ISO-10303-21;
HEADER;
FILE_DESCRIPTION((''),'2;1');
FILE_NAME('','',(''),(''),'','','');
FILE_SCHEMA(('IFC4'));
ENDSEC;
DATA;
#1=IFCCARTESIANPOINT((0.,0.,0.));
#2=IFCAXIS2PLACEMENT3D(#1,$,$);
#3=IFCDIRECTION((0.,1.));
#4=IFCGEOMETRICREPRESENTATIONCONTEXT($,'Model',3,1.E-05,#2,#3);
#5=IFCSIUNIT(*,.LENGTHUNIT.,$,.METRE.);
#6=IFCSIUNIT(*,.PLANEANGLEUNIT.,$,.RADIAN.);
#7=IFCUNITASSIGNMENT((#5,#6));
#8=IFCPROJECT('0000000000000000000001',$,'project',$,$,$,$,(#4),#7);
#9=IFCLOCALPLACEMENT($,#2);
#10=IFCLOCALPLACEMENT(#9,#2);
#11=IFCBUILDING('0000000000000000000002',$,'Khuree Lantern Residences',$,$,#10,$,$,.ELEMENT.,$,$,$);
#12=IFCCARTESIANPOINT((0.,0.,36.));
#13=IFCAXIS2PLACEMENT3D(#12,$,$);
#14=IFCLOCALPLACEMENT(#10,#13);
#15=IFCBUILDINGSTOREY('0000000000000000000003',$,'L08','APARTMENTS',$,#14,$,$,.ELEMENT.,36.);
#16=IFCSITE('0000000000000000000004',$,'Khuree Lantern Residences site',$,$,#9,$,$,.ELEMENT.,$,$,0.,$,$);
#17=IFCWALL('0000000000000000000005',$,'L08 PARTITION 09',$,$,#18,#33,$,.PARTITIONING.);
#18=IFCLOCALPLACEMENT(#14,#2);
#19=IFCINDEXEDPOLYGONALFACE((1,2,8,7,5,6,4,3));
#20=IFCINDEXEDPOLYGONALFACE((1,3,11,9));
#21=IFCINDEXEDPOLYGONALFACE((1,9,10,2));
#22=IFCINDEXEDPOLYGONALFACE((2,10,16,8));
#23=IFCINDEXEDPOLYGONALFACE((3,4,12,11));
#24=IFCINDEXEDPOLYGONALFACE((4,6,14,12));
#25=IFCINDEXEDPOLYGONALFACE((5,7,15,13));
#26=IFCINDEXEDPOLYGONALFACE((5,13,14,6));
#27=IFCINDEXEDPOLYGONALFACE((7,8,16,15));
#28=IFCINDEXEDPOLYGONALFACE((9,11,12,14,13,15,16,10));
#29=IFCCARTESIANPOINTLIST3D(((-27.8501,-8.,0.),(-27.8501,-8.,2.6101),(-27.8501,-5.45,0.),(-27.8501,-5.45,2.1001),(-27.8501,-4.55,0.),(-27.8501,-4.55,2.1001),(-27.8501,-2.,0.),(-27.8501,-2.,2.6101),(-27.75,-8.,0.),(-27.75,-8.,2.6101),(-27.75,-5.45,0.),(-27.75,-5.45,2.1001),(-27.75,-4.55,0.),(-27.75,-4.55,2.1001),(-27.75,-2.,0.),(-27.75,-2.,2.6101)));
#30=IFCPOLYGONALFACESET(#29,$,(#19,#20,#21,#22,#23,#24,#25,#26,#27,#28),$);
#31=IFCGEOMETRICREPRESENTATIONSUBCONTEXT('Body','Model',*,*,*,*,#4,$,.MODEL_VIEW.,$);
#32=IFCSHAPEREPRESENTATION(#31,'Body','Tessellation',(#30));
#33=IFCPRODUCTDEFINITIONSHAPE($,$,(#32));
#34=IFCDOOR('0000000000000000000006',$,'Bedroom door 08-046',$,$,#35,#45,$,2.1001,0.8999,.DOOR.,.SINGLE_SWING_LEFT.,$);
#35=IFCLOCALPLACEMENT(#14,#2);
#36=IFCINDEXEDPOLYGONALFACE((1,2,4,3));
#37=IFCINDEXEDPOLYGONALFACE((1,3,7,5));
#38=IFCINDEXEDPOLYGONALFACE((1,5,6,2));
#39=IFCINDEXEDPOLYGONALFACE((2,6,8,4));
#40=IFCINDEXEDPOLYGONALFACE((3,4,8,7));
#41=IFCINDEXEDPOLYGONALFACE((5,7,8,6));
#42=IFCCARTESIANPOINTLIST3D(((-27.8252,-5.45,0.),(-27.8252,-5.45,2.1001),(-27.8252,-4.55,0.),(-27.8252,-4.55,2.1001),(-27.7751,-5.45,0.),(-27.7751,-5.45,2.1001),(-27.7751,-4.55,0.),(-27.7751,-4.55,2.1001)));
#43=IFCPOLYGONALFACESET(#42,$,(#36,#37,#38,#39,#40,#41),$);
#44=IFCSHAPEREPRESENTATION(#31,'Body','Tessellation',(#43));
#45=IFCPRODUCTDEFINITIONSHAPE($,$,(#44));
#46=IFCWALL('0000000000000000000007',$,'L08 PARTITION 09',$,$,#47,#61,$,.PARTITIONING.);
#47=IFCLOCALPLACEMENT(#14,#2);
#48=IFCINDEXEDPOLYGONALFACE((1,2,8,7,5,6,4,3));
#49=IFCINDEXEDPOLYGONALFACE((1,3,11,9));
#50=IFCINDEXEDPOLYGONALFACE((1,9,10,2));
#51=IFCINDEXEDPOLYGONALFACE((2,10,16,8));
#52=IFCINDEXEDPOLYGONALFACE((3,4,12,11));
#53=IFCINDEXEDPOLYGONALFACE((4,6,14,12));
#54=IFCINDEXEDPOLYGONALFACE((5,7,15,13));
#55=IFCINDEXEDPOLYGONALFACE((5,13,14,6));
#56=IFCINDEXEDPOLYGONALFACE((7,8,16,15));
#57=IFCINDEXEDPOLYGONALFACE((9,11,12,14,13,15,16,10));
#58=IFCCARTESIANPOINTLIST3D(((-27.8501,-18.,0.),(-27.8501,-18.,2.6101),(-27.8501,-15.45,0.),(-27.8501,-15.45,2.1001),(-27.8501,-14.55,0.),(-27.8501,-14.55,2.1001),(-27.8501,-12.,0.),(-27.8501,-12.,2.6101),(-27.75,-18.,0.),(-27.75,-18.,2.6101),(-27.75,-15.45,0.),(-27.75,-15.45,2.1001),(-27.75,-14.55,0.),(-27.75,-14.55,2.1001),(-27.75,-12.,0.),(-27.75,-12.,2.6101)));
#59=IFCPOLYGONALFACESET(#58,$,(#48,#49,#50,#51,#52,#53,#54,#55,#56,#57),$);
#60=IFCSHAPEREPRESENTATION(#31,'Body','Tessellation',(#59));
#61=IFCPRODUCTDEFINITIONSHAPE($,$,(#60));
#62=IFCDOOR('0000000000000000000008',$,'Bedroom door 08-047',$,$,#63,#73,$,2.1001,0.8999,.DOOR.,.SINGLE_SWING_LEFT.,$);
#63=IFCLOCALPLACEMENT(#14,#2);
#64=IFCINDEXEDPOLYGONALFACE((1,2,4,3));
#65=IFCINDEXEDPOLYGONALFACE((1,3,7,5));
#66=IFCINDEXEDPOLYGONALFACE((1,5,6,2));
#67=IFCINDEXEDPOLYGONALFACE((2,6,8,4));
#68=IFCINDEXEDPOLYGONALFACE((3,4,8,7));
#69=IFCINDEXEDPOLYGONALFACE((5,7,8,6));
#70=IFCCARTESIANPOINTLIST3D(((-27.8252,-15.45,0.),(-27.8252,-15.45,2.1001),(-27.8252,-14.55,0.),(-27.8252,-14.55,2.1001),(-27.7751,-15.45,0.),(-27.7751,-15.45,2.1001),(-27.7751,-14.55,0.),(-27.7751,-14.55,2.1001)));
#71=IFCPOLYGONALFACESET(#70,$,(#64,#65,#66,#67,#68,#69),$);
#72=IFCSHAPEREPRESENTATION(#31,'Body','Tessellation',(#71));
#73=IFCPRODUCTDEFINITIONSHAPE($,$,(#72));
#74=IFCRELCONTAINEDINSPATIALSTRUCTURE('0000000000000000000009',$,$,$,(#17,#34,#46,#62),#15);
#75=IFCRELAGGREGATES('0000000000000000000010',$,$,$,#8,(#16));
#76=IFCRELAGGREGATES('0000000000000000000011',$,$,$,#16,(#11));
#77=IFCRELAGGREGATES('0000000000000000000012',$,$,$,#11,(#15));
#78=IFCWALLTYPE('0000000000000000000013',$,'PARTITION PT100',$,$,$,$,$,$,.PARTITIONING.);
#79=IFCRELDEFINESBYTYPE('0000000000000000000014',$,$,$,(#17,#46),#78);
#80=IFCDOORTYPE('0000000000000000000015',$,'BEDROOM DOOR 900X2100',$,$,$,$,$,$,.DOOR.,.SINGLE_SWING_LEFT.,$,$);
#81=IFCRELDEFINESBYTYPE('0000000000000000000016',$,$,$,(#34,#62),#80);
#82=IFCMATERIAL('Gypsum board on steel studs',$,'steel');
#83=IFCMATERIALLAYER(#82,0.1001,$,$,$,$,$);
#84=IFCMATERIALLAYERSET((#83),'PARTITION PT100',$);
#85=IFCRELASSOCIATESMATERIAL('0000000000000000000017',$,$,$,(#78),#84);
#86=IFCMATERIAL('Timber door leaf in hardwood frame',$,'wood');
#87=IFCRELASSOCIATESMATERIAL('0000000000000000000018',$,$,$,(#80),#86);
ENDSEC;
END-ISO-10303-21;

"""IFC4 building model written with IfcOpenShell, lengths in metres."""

from ifc_helpers import new_model, si_unit, direction, frame, frame_2d, origin, place, context, subcontext, project, spatial, rectangle, extrude, material, layer, layer_set, type_object, element, fill, save


model = new_model("IFC4")

# Units and contexts
model_context = context("Model", 3, precision=1e-05, world=origin(), true_north=direction((0.0, 1.0)))
body_context = subcontext(model_context, "Body", "Model", "MODEL_VIEW")
ifc_project = project(units=[si_unit("LENGTHUNIT", "METRE"), si_unit("PLANEANGLEUNIT", "RADIAN")], contexts=[model_context])

# Site, building, storey
site_placement = place(None, origin())
site = spatial("IfcSite", under=ifc_project, at=site_placement, Name="Khuree Lantern Residences site", CompositionType="ELEMENT", RefElevation=0.0)
building_placement = place(site_placement, origin())
building = spatial("IfcBuilding", under=site, at=building_placement, Name="Khuree Lantern Residences", CompositionType="ELEMENT")
storey_placement = place(building_placement, frame((0.0, 0.0, 36.0)))
storey = spatial("IfcBuildingStorey", under=building, at=storey_placement, Name="L08", Description="APARTMENTS", CompositionType="ELEMENT", Elevation=36.0)

# Shared definitions
ifc_material_1 = material(Name="Gypsum board on steel studs", Category="steel")
ifc_layer_1 = layer(ifc_material_1, 0.1001)
ifc_layer_set_1 = layer_set([ifc_layer_1], Name="PARTITION PT100")
wall_type = type_object("IfcWallType", Name="PARTITION PT100", PredefinedType="PARTITIONING", material=ifc_layer_set_1)

# Walls, openings, doors
wall_1_placement = place(storey_placement, frame((-27.8, -2.0, 0.0), z_axis=(0.0, 0.0, 1.0), x_axis=(0.0, -1.0, 0.0)))
wall_1 = element("IfcWall", 1, at=wall_1_placement, inside=storey, type_object=wall_type, Name="L08 PARTITION 09", PredefinedType="PARTITIONING", context=body_context, shape_type="SweptSolid", body=[
    extrude(rectangle(XDim=6.0, YDim=0.1001, at=frame_2d((3.0, 0.0))), origin(), (0.0, 0.0, 1.0), 2.6101),
])
opening_1_placement = place(wall_1_placement, frame((2.55, 0.0, 0.0)))
opening_1 = element("IfcOpeningElement", 2, at=opening_1_placement, cuts=wall_1, PredefinedType="OPENING", context=body_context, shape_type="SweptSolid", body=[
    extrude(rectangle(XDim=0.8999, YDim=2.1001, at=frame_2d((0.45, 1.05))), frame((0.0, 0.0601, 0.0), z_axis=(0.0, -1.0, 0.0), x_axis=(1.0, 0.0, 0.0)), (0.0, 0.0, 1.0), 0.1201),
])
ifc_material_2 = material(Name="Timber door leaf in hardwood frame", Category="wood")
door_type = type_object("IfcDoorType", Name="BEDROOM DOOR 900X2100", OperationType="SINGLE_SWING_LEFT", PredefinedType="DOOR", material=ifc_material_2)
door_1_placement = place(opening_1_placement, origin())
door_1 = element("IfcDoor", 3, at=door_1_placement, inside=storey, type_object=door_type, Name="Bedroom door 08-046", OperationType="SINGLE_SWING_LEFT", OverallHeight=2.1001, OverallWidth=0.8999, PredefinedType="DOOR", context=body_context, shape_type="SweptSolid", body=[
    extrude(rectangle(XDim=0.8999, YDim=2.1001, at=frame_2d((0.45, 1.05))), frame((0.0, 0.0249, 0.0), z_axis=(0.0, -1.0, 0.0), x_axis=(1.0, 0.0, 0.0)), (0.0, 0.0, 1.0), 0.05),
])
fill(opening_1, door_1)
wall_2_placement = place(storey_placement, frame((-27.8, -12.0, 0.0), z_axis=(0.0, 0.0, 1.0), x_axis=(0.0, -1.0, 0.0)))
wall_2 = element("IfcWall", 4, at=wall_2_placement, inside=storey, type_object=wall_type, Name="L08 PARTITION 09", PredefinedType="PARTITIONING", context=body_context, shape_type="SweptSolid", body=[
    extrude(rectangle(XDim=6.0, YDim=0.1001, at=frame_2d((3.0, 0.0))), origin(), (0.0, 0.0, 1.0), 2.6101),
])
opening_2_placement = place(wall_2_placement, frame((2.55, 0.0, 0.0)))
opening_2 = element("IfcOpeningElement", 5, at=opening_2_placement, cuts=wall_2, PredefinedType="OPENING", context=body_context, shape_type="SweptSolid", body=[
    extrude(rectangle(XDim=0.8999, YDim=2.1001, at=frame_2d((0.45, 1.05))), frame((0.0, 0.0601, 0.0), z_axis=(0.0, -1.0, 0.0), x_axis=(1.0, 0.0, 0.0)), (0.0, 0.0, 1.0), 0.1201),
])
door_2_placement = place(opening_2_placement, origin())
door_2 = element("IfcDoor", 6, at=door_2_placement, inside=storey, type_object=door_type, Name="Bedroom door 08-047", OperationType="SINGLE_SWING_LEFT", OverallHeight=2.1001, OverallWidth=0.8999, PredefinedType="DOOR", context=body_context, shape_type="SweptSolid", body=[
    extrude(rectangle(XDim=0.8999, YDim=2.1001, at=frame_2d((0.45, 1.05))), frame((0.0, 0.0249, 0.0), z_axis=(0.0, -1.0, 0.0), x_axis=(1.0, 0.0, 0.0)), (0.0, 0.0, 1.0), 0.05),
])
fill(opening_2, door_2)

save(model, "model.ifc")
